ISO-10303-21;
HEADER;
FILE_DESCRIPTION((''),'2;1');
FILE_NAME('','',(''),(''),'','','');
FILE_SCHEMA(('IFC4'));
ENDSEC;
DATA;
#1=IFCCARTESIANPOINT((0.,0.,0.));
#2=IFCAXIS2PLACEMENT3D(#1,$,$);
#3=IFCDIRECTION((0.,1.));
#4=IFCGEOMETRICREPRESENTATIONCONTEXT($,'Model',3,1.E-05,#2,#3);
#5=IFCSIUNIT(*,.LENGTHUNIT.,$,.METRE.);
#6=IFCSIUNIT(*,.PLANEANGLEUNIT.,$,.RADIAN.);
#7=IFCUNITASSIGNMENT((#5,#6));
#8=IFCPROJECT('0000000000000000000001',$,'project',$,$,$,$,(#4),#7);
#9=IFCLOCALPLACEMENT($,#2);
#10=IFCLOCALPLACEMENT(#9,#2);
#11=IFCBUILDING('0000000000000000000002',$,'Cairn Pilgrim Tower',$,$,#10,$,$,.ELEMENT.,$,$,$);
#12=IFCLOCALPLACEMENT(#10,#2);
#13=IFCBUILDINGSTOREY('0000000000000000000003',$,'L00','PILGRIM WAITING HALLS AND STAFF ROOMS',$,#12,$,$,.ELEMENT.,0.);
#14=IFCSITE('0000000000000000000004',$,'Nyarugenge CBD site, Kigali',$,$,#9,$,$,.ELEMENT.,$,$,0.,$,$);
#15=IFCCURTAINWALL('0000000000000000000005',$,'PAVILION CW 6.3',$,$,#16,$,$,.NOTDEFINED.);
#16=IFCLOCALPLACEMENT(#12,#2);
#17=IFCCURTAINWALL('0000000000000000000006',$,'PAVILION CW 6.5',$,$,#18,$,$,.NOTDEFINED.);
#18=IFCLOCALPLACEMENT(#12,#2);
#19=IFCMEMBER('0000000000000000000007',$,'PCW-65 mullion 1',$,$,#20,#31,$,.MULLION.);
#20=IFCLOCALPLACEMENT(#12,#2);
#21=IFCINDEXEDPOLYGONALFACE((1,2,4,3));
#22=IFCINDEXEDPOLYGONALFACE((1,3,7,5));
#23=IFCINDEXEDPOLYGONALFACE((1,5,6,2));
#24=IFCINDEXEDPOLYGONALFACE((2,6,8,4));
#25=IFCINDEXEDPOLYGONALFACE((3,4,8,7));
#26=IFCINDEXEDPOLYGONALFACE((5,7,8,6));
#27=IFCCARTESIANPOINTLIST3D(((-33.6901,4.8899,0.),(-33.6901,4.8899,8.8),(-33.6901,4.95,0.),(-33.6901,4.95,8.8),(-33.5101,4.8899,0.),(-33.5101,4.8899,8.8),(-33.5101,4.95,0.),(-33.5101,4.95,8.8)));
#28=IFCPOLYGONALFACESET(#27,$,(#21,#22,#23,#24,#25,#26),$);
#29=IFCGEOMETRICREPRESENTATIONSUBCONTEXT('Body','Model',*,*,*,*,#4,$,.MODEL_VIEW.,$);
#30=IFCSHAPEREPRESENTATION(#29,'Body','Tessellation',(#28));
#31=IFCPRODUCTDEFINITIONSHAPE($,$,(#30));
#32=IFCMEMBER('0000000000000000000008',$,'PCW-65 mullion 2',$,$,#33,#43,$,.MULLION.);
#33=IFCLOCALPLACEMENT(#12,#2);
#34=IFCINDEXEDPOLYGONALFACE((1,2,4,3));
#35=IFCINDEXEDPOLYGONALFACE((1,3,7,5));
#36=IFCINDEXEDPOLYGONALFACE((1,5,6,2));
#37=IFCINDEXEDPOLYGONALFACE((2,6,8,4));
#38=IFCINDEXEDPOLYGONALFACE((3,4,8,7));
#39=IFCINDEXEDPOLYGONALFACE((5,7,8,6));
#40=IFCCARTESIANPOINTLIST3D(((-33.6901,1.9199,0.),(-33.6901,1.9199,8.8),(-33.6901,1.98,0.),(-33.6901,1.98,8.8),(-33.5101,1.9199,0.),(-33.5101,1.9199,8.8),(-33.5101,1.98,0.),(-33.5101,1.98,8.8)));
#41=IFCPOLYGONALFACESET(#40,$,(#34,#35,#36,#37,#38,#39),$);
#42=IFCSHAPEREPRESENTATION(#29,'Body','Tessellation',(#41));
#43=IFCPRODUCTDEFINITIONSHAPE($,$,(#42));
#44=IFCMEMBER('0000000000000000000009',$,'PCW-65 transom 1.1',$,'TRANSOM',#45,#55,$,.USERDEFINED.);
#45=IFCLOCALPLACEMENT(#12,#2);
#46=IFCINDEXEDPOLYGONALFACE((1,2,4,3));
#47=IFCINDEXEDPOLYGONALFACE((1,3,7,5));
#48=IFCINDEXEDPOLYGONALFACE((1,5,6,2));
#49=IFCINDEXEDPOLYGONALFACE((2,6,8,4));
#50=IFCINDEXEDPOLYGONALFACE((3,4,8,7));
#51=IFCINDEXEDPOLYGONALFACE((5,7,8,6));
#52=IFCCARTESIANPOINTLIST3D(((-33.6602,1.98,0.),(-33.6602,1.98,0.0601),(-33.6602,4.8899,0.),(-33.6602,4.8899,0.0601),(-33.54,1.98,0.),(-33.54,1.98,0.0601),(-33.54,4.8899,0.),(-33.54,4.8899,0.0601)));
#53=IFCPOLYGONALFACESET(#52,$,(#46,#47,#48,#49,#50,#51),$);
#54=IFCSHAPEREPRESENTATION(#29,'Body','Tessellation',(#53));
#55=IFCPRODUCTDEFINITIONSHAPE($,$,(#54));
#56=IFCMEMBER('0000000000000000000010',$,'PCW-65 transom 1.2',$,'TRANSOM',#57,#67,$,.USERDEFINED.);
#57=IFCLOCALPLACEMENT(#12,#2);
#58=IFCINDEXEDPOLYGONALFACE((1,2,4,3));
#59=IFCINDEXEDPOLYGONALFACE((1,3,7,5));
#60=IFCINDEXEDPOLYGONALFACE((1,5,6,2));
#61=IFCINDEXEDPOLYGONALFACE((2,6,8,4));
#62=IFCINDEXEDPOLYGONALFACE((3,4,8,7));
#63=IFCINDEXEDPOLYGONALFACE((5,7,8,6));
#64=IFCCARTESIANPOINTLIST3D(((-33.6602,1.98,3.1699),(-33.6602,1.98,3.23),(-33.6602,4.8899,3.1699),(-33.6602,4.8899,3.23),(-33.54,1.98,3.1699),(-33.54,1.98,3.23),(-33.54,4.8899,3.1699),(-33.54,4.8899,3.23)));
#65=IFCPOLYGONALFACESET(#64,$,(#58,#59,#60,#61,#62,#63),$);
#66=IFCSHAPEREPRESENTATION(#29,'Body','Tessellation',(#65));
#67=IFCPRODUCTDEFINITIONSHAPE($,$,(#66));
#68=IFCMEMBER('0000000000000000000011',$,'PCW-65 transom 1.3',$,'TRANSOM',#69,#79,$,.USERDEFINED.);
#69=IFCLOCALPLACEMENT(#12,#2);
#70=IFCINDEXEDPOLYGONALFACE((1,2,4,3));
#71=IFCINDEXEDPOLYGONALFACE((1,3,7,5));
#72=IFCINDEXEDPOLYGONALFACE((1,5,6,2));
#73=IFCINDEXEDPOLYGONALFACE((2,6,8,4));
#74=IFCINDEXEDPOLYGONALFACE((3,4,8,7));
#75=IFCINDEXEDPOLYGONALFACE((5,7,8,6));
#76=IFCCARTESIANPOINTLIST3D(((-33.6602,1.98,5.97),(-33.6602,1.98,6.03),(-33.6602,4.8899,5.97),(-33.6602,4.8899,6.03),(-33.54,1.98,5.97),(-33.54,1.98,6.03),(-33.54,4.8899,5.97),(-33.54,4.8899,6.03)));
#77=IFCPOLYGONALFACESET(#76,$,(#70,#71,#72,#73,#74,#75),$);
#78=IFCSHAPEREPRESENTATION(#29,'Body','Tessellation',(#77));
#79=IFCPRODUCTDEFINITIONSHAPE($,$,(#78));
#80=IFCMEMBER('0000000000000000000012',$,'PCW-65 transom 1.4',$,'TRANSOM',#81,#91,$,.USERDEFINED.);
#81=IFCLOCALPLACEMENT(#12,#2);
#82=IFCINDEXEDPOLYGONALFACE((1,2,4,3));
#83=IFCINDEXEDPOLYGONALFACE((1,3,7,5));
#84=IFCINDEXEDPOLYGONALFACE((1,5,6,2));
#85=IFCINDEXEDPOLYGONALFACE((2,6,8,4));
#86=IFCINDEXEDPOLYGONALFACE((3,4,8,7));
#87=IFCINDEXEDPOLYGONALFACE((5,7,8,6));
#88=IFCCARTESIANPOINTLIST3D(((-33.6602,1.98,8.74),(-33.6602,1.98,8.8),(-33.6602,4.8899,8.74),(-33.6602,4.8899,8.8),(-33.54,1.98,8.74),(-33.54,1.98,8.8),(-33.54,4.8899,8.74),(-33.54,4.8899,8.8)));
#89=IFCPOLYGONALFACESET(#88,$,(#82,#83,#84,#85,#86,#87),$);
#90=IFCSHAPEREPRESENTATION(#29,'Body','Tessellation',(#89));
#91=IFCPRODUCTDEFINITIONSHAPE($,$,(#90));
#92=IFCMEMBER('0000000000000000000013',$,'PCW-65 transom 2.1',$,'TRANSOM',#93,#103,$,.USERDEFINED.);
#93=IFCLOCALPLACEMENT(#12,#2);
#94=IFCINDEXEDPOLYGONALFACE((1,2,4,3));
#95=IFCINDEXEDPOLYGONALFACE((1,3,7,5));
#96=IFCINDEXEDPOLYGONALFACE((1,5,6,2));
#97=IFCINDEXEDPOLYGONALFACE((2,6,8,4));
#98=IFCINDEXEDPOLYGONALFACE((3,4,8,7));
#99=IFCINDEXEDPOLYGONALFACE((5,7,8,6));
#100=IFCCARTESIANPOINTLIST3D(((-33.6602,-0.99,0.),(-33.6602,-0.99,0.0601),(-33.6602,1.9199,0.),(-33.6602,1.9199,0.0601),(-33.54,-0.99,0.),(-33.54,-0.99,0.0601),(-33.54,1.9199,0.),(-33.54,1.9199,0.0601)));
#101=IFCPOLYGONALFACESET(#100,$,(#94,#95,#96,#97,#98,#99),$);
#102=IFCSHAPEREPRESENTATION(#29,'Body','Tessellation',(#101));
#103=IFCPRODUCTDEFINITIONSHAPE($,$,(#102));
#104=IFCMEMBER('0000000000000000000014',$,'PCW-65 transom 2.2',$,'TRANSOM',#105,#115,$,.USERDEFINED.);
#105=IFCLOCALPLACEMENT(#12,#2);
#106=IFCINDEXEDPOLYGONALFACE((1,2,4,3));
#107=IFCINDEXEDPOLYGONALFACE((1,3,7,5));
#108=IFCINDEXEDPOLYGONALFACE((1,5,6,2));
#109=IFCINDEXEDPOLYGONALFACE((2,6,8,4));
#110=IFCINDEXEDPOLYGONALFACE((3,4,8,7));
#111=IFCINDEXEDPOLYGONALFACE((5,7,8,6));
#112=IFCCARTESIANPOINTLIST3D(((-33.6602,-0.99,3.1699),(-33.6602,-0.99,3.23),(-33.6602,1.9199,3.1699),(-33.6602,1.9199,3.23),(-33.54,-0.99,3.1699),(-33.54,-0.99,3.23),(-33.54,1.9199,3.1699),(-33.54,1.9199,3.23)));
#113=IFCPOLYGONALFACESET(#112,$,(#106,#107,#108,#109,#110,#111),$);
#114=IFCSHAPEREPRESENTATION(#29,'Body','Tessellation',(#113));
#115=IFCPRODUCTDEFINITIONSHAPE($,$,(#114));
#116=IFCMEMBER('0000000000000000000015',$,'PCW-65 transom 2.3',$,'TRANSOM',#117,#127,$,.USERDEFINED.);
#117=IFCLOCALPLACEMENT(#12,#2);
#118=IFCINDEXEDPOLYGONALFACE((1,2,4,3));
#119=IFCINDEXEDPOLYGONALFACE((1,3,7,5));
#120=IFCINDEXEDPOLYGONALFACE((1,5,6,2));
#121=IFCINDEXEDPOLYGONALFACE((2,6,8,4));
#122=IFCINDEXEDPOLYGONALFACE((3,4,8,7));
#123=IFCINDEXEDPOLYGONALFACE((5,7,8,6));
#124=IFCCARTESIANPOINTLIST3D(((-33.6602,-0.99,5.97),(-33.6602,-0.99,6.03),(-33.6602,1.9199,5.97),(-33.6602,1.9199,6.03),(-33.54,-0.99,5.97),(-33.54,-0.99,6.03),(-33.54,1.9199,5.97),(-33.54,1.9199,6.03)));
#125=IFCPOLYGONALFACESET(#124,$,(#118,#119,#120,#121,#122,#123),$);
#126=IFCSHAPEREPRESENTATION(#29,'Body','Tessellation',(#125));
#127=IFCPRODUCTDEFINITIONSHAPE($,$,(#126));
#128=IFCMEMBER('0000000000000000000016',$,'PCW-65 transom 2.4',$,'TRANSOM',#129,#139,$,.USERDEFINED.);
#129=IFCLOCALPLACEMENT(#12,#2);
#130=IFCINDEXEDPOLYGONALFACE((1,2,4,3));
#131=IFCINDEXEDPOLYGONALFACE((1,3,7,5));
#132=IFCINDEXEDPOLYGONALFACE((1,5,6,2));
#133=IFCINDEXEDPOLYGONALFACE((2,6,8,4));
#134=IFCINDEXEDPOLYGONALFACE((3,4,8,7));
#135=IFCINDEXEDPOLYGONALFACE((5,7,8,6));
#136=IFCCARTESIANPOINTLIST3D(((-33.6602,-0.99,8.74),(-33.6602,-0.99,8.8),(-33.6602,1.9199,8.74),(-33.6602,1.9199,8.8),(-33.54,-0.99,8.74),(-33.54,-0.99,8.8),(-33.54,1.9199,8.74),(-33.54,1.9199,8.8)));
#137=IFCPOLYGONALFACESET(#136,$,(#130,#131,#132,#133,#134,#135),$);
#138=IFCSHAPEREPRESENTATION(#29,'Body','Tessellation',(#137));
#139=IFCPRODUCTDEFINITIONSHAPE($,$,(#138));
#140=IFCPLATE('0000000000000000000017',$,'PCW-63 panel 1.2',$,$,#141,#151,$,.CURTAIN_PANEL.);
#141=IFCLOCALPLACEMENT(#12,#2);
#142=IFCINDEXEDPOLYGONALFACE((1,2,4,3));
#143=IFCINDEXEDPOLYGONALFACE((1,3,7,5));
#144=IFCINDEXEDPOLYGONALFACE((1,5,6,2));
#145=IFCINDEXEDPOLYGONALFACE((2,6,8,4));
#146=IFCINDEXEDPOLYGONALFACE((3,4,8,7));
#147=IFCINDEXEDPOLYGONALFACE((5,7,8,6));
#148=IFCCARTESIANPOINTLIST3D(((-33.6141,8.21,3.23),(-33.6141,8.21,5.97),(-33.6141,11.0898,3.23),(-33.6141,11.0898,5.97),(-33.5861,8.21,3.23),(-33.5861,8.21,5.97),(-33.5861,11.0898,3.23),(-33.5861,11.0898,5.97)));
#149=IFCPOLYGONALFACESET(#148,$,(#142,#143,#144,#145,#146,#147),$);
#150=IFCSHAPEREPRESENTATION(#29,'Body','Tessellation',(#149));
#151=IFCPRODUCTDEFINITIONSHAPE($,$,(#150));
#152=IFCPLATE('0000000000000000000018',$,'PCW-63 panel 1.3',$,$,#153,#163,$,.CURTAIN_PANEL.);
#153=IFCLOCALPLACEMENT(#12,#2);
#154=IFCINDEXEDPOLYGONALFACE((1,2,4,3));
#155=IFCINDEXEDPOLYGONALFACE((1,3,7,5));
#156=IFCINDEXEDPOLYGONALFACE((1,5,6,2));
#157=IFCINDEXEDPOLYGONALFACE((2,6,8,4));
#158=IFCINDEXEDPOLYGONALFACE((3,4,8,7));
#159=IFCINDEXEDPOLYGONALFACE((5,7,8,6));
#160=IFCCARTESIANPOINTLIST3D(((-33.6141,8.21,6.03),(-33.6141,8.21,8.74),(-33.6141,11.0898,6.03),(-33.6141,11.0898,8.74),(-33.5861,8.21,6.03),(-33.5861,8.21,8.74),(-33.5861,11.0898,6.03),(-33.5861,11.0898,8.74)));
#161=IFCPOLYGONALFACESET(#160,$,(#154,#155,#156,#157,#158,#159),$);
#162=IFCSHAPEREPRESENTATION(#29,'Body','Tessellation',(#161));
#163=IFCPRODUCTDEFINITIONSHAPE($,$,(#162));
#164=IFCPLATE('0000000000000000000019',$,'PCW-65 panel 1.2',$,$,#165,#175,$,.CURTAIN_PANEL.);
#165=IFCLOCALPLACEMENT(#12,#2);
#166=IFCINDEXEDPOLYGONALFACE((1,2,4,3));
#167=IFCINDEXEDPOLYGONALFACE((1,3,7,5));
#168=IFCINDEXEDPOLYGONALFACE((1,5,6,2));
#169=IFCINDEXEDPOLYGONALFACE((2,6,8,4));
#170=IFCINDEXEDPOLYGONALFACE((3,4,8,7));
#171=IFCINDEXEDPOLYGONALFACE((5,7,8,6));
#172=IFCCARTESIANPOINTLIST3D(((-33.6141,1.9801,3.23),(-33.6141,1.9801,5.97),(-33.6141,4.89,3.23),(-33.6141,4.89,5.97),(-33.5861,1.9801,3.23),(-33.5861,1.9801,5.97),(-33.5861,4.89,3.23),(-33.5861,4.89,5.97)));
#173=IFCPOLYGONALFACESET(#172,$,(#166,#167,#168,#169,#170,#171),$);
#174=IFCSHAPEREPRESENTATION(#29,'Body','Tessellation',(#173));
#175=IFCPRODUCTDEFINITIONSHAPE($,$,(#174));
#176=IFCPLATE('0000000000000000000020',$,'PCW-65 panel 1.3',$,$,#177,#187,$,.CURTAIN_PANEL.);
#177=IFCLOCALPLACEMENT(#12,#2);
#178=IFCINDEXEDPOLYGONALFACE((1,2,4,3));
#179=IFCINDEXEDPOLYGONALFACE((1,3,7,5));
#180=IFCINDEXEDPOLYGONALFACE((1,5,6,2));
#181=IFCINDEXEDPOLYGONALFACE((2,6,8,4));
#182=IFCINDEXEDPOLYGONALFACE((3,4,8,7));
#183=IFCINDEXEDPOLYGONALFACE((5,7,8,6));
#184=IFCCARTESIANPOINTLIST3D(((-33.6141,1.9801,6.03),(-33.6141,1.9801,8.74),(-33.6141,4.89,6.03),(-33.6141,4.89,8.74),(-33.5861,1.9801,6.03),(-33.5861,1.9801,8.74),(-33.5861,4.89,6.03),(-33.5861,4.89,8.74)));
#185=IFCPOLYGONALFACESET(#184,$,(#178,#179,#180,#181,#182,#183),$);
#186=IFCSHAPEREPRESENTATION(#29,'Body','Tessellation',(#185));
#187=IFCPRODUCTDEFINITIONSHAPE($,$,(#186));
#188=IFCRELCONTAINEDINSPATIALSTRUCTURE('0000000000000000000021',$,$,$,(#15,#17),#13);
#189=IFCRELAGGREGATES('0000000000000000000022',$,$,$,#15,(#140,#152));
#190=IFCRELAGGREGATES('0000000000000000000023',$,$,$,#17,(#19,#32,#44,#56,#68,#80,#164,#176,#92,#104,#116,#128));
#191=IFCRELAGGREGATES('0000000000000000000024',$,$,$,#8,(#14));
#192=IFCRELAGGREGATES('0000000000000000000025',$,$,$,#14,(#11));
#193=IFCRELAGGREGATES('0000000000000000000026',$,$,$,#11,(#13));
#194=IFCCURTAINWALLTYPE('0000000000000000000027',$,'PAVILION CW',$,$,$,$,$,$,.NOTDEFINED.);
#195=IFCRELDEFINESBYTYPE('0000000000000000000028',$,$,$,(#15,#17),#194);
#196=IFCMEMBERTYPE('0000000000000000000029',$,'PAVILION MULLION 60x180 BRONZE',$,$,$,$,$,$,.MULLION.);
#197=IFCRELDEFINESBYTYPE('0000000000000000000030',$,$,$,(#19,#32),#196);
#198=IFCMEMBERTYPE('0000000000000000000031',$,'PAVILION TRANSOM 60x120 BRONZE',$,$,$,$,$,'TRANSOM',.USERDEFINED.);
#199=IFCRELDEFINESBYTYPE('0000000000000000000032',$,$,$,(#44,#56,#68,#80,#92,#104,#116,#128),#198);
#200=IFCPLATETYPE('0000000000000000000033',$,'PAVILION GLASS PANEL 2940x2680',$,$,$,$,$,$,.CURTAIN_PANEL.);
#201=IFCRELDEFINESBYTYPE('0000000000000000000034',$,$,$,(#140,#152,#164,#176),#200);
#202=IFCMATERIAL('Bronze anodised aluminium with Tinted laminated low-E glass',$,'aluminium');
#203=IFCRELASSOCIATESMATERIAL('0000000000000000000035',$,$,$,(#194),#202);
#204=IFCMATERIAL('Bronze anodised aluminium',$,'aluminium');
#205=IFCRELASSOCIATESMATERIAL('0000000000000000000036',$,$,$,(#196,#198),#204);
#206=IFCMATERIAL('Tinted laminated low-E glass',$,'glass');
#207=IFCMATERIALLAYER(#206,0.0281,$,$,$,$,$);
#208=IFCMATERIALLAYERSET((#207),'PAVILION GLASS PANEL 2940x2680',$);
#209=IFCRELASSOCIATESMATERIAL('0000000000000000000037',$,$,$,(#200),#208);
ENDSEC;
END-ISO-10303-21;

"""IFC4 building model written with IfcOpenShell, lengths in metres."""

from ifc_helpers import new_model, si_unit, direction, frame, origin, origin_2d, place, context, subcontext, project, spatial, rectangle, extrude, material, layer, layer_set, material_profile, profile_set, type_object, element, aggregate, save


model = new_model("IFC4")

# Units and contexts
model_context = context("Model", 3, precision=1e-05, world=origin(), true_north=direction((0.0, 1.0)))
body_context = subcontext(model_context, "Body", "Model", "MODEL_VIEW")
ifc_project = project(units=[si_unit("LENGTHUNIT", "METRE"), si_unit("PLANEANGLEUNIT", "RADIAN")], contexts=[model_context])

# Site, building, storey
site_placement = place(None, origin())
site = spatial("IfcSite", under=ifc_project, at=site_placement, Name="Nyarugenge CBD site, Kigali", CompositionType="ELEMENT", RefElevation=0.0)
building_placement = place(site_placement, origin())
building = spatial("IfcBuilding", under=site, at=building_placement, Name="Cairn Pilgrim Tower", CompositionType="ELEMENT")
storey_placement = place(building_placement, origin())
storey = spatial("IfcBuildingStorey", under=building, at=storey_placement, Name="L00", Description="PILGRIM WAITING HALLS AND STAFF ROOMS", CompositionType="ELEMENT", Elevation=0.0)

# Curtain wall
ifc_material_1 = material(Name="Bronze anodised aluminium with Tinted laminated low-E glass", Category="aluminium")
curtain_wall_type = type_object("IfcCurtainWallType", Name="PAVILION CW", PredefinedType="NOTDEFINED", material=ifc_material_1)
curtain_wall_1_placement = place(storey_placement, origin())
curtain_wall_1 = element("IfcCurtainWall", 1, at=curtain_wall_1_placement, inside=storey, type_object=curtain_wall_type, Name="PAVILION CW 6.3", PredefinedType="NOTDEFINED")
ifc_material_2 = material(Name="Bronze anodised aluminium", Category="aluminium")
ifc_material_profile_1 = material_profile(ifc_material_2, rectangle(XDim=0.1799, YDim=0.0601, at=origin_2d()), Name="PAVILION MULLION 60x180 BRONZE")
ifc_profile_set_1 = profile_set([ifc_material_profile_1], Name="Bronze anodised aluminium")
member_type_1 = type_object("IfcMemberType", Name="PAVILION MULLION 60x180 BRONZE", PredefinedType="MULLION", material=ifc_profile_set_1)

# Curtain wall, members
curtain_wall_2_placement = place(storey_placement, origin())
curtain_wall_2 = element("IfcCurtainWall", 2, at=curtain_wall_2_placement, inside=storey, type_object=curtain_wall_type, Name="PAVILION CW 6.5", PredefinedType="NOTDEFINED")
member_1_placement = place(storey_placement, frame((-33.6001, 4.9199, 0.0), z_axis=(0.0, 0.0, 1.0), x_axis=(1.0, 0.0, 0.0)))
member_1 = element("IfcMember", 3, at=member_1_placement, type_object=member_type_1, Name="PCW-65 mullion 1", PredefinedType="MULLION", context=body_context, shape_type="SweptSolid", body=[
    extrude(rectangle(XDim=0.1799, YDim=0.0601, at=origin_2d()), origin(), (0.0, 0.0, 1.0), 8.8),
])
member_2_placement = place(storey_placement, frame((-33.6001, 1.95, 0.0), z_axis=(0.0, 0.0, 1.0), x_axis=(1.0, 0.0, 0.0)))
member_2 = element("IfcMember", 4, at=member_2_placement, type_object=member_type_1, Name="PCW-65 mullion 2", PredefinedType="MULLION", context=body_context, shape_type="SweptSolid", body=[
    extrude(rectangle(XDim=0.1799, YDim=0.0601, at=origin_2d()), origin(), (0.0, 0.0, 1.0), 8.8),
])
ifc_material_profile_2 = material_profile(ifc_material_2, rectangle(XDim=0.1201, YDim=0.0601, at=origin_2d()), Name="PAVILION TRANSOM 60x120 BRONZE")
ifc_profile_set_2 = profile_set([ifc_material_profile_2], Name="Bronze anodised aluminium")
member_type_2 = type_object("IfcMemberType", Name="PAVILION TRANSOM 60x120 BRONZE", ElementType="TRANSOM", PredefinedType="USERDEFINED", material=ifc_profile_set_2)
member_3_placement = place(storey_placement, frame((-33.6001, 4.8899, 0.03), z_axis=(0.0, -1.0, 0.0), x_axis=(1.0, 0.0, 0.0)))
member_3 = element("IfcMember", 5, at=member_3_placement, type_object=member_type_2, Name="PCW-65 transom 1.1", ObjectType="TRANSOM", PredefinedType="USERDEFINED", context=body_context, shape_type="SweptSolid", body=[
    extrude(rectangle(XDim=0.1201, YDim=0.0601, at=origin_2d()), origin(), (0.0, 0.0, 1.0), 2.9099),
])
member_4_placement = place(storey_placement, frame((-33.6001, 4.8899, 3.2), z_axis=(0.0, -1.0, 0.0), x_axis=(1.0, 0.0, 0.0)))
member_4 = element("IfcMember", 6, at=member_4_placement, type_object=member_type_2, Name="PCW-65 transom 1.2", ObjectType="TRANSOM", PredefinedType="USERDEFINED", context=body_context, shape_type="SweptSolid", body=[
    extrude(rectangle(XDim=0.1201, YDim=0.0601, at=origin_2d()), origin(), (0.0, 0.0, 1.0), 2.9099),
])
member_5_placement = place(storey_placement, frame((-33.6001, 4.8899, 6.0), z_axis=(0.0, -1.0, 0.0), x_axis=(1.0, 0.0, 0.0)))
member_5 = element("IfcMember", 7, at=member_5_placement, type_object=member_type_2, Name="PCW-65 transom 1.3", ObjectType="TRANSOM", PredefinedType="USERDEFINED", context=body_context, shape_type="SweptSolid", body=[
    extrude(rectangle(XDim=0.1201, YDim=0.0601, at=origin_2d()), origin(), (0.0, 0.0, 1.0), 2.9099),
])
member_6_placement = place(storey_placement, frame((-33.6001, 4.8899, 8.77), z_axis=(0.0, -1.0, 0.0), x_axis=(1.0, 0.0, 0.0)))
member_6 = element("IfcMember", 8, at=member_6_placement, type_object=member_type_2, Name="PCW-65 transom 1.4", ObjectType="TRANSOM", PredefinedType="USERDEFINED", context=body_context, shape_type="SweptSolid", body=[
    extrude(rectangle(XDim=0.1201, YDim=0.0601, at=origin_2d()), origin(), (0.0, 0.0, 1.0), 2.9099),
])
member_7_placement = place(storey_placement, frame((-33.6001, 1.9199, 0.03), z_axis=(0.0, -1.0, 0.0), x_axis=(1.0, 0.0, 0.0)))
member_7 = element("IfcMember", 9, at=member_7_placement, type_object=member_type_2, Name="PCW-65 transom 2.1", ObjectType="TRANSOM", PredefinedType="USERDEFINED", context=body_context, shape_type="SweptSolid", body=[
    extrude(rectangle(XDim=0.1201, YDim=0.0601, at=origin_2d()), origin(), (0.0, 0.0, 1.0), 2.9099),
])
member_8_placement = place(storey_placement, frame((-33.6001, 1.9199, 3.2), z_axis=(0.0, -1.0, 0.0), x_axis=(1.0, 0.0, 0.0)))
member_8 = element("IfcMember", 10, at=member_8_placement, type_object=member_type_2, Name="PCW-65 transom 2.2", ObjectType="TRANSOM", PredefinedType="USERDEFINED", context=body_context, shape_type="SweptSolid", body=[
    extrude(rectangle(XDim=0.1201, YDim=0.0601, at=origin_2d()), origin(), (0.0, 0.0, 1.0), 2.9099),
])
member_9_placement = place(storey_placement, frame((-33.6001, 1.9199, 6.0), z_axis=(0.0, -1.0, 0.0), x_axis=(1.0, 0.0, 0.0)))
member_9 = element("IfcMember", 11, at=member_9_placement, type_object=member_type_2, Name="PCW-65 transom 2.3", ObjectType="TRANSOM", PredefinedType="USERDEFINED", context=body_context, shape_type="SweptSolid", body=[
    extrude(rectangle(XDim=0.1201, YDim=0.0601, at=origin_2d()), origin(), (0.0, 0.0, 1.0), 2.9099),
])
member_10_placement = place(storey_placement, frame((-33.6001, 1.9199, 8.77), z_axis=(0.0, -1.0, 0.0), x_axis=(1.0, 0.0, 0.0)))
member_10 = element("IfcMember", 12, at=member_10_placement, type_object=member_type_2, Name="PCW-65 transom 2.4", ObjectType="TRANSOM", PredefinedType="USERDEFINED", context=body_context, shape_type="SweptSolid", body=[
    extrude(rectangle(XDim=0.1201, YDim=0.0601, at=origin_2d()), origin(), (0.0, 0.0, 1.0), 2.9099),
])

# Plates
ifc_material_3 = material(Name="Tinted laminated low-E glass", Category="glass")
ifc_layer_1 = layer(ifc_material_3, 0.0281)
ifc_layer_set_1 = layer_set([ifc_layer_1], Name="PAVILION GLASS PANEL 2940x2680")
plate_type_1 = type_object("IfcPlateType", Name="PAVILION GLASS PANEL 2940x2680", PredefinedType="CURTAIN_PANEL", material=ifc_layer_set_1)
plate_1_placement = place(storey_placement, frame((-33.6001, 9.6499, 3.23), z_axis=(0.0, 0.0, 1.0), x_axis=(0.0, -1.0, 0.0)))
plate_1 = element("IfcPlate", 13, at=plate_1_placement, type_object=plate_type_1, Name="PCW-63 panel 1.2", PredefinedType="CURTAIN_PANEL", context=body_context, shape_type="SweptSolid", body=[
    extrude(rectangle(XDim=2.8799, YDim=0.0281, at=origin_2d()), origin(), (0.0, 0.0, 1.0), 2.74),
])
plate_2_placement = place(storey_placement, frame((-33.6001, 9.6499, 6.03), z_axis=(0.0, 0.0, 1.0), x_axis=(0.0, -1.0, 0.0)))
plate_2 = element("IfcPlate", 14, at=plate_2_placement, type_object=plate_type_1, Name="PCW-63 panel 1.3", PredefinedType="CURTAIN_PANEL", context=body_context, shape_type="SweptSolid", body=[
    extrude(rectangle(XDim=2.8799, YDim=0.0281, at=origin_2d()), origin(), (0.0, 0.0, 1.0), 2.71),
])
plate_3_placement = place(storey_placement, frame((-33.6001, 3.4351, 3.23), z_axis=(0.0, 0.0, 1.0), x_axis=(0.0, -1.0, 0.0)))
plate_3 = element("IfcPlate", 15, at=plate_3_placement, type_object=plate_type_1, Name="PCW-65 panel 1.2", PredefinedType="CURTAIN_PANEL", context=body_context, shape_type="SweptSolid", body=[
    extrude(rectangle(XDim=2.9099, YDim=0.0281, at=origin_2d()), origin(), (0.0, 0.0, 1.0), 2.74),
])
plate_4_placement = place(storey_placement, frame((-33.6001, 3.4351, 6.03), z_axis=(0.0, 0.0, 1.0), x_axis=(0.0, -1.0, 0.0)))
plate_4 = element("IfcPlate", 16, at=plate_4_placement, type_object=plate_type_1, Name="PCW-65 panel 1.3", PredefinedType="CURTAIN_PANEL", context=body_context, shape_type="SweptSolid", body=[
    extrude(rectangle(XDim=2.9099, YDim=0.0281, at=origin_2d()), origin(), (0.0, 0.0, 1.0), 2.71),
])
aggregate(curtain_wall_1, [plate_1, plate_2])
aggregate(curtain_wall_2, [member_1, member_2, member_3, member_4, member_5, member_6, plate_3, plate_4, member_7, member_8, member_9, member_10])

save(model, "model.ifc")
